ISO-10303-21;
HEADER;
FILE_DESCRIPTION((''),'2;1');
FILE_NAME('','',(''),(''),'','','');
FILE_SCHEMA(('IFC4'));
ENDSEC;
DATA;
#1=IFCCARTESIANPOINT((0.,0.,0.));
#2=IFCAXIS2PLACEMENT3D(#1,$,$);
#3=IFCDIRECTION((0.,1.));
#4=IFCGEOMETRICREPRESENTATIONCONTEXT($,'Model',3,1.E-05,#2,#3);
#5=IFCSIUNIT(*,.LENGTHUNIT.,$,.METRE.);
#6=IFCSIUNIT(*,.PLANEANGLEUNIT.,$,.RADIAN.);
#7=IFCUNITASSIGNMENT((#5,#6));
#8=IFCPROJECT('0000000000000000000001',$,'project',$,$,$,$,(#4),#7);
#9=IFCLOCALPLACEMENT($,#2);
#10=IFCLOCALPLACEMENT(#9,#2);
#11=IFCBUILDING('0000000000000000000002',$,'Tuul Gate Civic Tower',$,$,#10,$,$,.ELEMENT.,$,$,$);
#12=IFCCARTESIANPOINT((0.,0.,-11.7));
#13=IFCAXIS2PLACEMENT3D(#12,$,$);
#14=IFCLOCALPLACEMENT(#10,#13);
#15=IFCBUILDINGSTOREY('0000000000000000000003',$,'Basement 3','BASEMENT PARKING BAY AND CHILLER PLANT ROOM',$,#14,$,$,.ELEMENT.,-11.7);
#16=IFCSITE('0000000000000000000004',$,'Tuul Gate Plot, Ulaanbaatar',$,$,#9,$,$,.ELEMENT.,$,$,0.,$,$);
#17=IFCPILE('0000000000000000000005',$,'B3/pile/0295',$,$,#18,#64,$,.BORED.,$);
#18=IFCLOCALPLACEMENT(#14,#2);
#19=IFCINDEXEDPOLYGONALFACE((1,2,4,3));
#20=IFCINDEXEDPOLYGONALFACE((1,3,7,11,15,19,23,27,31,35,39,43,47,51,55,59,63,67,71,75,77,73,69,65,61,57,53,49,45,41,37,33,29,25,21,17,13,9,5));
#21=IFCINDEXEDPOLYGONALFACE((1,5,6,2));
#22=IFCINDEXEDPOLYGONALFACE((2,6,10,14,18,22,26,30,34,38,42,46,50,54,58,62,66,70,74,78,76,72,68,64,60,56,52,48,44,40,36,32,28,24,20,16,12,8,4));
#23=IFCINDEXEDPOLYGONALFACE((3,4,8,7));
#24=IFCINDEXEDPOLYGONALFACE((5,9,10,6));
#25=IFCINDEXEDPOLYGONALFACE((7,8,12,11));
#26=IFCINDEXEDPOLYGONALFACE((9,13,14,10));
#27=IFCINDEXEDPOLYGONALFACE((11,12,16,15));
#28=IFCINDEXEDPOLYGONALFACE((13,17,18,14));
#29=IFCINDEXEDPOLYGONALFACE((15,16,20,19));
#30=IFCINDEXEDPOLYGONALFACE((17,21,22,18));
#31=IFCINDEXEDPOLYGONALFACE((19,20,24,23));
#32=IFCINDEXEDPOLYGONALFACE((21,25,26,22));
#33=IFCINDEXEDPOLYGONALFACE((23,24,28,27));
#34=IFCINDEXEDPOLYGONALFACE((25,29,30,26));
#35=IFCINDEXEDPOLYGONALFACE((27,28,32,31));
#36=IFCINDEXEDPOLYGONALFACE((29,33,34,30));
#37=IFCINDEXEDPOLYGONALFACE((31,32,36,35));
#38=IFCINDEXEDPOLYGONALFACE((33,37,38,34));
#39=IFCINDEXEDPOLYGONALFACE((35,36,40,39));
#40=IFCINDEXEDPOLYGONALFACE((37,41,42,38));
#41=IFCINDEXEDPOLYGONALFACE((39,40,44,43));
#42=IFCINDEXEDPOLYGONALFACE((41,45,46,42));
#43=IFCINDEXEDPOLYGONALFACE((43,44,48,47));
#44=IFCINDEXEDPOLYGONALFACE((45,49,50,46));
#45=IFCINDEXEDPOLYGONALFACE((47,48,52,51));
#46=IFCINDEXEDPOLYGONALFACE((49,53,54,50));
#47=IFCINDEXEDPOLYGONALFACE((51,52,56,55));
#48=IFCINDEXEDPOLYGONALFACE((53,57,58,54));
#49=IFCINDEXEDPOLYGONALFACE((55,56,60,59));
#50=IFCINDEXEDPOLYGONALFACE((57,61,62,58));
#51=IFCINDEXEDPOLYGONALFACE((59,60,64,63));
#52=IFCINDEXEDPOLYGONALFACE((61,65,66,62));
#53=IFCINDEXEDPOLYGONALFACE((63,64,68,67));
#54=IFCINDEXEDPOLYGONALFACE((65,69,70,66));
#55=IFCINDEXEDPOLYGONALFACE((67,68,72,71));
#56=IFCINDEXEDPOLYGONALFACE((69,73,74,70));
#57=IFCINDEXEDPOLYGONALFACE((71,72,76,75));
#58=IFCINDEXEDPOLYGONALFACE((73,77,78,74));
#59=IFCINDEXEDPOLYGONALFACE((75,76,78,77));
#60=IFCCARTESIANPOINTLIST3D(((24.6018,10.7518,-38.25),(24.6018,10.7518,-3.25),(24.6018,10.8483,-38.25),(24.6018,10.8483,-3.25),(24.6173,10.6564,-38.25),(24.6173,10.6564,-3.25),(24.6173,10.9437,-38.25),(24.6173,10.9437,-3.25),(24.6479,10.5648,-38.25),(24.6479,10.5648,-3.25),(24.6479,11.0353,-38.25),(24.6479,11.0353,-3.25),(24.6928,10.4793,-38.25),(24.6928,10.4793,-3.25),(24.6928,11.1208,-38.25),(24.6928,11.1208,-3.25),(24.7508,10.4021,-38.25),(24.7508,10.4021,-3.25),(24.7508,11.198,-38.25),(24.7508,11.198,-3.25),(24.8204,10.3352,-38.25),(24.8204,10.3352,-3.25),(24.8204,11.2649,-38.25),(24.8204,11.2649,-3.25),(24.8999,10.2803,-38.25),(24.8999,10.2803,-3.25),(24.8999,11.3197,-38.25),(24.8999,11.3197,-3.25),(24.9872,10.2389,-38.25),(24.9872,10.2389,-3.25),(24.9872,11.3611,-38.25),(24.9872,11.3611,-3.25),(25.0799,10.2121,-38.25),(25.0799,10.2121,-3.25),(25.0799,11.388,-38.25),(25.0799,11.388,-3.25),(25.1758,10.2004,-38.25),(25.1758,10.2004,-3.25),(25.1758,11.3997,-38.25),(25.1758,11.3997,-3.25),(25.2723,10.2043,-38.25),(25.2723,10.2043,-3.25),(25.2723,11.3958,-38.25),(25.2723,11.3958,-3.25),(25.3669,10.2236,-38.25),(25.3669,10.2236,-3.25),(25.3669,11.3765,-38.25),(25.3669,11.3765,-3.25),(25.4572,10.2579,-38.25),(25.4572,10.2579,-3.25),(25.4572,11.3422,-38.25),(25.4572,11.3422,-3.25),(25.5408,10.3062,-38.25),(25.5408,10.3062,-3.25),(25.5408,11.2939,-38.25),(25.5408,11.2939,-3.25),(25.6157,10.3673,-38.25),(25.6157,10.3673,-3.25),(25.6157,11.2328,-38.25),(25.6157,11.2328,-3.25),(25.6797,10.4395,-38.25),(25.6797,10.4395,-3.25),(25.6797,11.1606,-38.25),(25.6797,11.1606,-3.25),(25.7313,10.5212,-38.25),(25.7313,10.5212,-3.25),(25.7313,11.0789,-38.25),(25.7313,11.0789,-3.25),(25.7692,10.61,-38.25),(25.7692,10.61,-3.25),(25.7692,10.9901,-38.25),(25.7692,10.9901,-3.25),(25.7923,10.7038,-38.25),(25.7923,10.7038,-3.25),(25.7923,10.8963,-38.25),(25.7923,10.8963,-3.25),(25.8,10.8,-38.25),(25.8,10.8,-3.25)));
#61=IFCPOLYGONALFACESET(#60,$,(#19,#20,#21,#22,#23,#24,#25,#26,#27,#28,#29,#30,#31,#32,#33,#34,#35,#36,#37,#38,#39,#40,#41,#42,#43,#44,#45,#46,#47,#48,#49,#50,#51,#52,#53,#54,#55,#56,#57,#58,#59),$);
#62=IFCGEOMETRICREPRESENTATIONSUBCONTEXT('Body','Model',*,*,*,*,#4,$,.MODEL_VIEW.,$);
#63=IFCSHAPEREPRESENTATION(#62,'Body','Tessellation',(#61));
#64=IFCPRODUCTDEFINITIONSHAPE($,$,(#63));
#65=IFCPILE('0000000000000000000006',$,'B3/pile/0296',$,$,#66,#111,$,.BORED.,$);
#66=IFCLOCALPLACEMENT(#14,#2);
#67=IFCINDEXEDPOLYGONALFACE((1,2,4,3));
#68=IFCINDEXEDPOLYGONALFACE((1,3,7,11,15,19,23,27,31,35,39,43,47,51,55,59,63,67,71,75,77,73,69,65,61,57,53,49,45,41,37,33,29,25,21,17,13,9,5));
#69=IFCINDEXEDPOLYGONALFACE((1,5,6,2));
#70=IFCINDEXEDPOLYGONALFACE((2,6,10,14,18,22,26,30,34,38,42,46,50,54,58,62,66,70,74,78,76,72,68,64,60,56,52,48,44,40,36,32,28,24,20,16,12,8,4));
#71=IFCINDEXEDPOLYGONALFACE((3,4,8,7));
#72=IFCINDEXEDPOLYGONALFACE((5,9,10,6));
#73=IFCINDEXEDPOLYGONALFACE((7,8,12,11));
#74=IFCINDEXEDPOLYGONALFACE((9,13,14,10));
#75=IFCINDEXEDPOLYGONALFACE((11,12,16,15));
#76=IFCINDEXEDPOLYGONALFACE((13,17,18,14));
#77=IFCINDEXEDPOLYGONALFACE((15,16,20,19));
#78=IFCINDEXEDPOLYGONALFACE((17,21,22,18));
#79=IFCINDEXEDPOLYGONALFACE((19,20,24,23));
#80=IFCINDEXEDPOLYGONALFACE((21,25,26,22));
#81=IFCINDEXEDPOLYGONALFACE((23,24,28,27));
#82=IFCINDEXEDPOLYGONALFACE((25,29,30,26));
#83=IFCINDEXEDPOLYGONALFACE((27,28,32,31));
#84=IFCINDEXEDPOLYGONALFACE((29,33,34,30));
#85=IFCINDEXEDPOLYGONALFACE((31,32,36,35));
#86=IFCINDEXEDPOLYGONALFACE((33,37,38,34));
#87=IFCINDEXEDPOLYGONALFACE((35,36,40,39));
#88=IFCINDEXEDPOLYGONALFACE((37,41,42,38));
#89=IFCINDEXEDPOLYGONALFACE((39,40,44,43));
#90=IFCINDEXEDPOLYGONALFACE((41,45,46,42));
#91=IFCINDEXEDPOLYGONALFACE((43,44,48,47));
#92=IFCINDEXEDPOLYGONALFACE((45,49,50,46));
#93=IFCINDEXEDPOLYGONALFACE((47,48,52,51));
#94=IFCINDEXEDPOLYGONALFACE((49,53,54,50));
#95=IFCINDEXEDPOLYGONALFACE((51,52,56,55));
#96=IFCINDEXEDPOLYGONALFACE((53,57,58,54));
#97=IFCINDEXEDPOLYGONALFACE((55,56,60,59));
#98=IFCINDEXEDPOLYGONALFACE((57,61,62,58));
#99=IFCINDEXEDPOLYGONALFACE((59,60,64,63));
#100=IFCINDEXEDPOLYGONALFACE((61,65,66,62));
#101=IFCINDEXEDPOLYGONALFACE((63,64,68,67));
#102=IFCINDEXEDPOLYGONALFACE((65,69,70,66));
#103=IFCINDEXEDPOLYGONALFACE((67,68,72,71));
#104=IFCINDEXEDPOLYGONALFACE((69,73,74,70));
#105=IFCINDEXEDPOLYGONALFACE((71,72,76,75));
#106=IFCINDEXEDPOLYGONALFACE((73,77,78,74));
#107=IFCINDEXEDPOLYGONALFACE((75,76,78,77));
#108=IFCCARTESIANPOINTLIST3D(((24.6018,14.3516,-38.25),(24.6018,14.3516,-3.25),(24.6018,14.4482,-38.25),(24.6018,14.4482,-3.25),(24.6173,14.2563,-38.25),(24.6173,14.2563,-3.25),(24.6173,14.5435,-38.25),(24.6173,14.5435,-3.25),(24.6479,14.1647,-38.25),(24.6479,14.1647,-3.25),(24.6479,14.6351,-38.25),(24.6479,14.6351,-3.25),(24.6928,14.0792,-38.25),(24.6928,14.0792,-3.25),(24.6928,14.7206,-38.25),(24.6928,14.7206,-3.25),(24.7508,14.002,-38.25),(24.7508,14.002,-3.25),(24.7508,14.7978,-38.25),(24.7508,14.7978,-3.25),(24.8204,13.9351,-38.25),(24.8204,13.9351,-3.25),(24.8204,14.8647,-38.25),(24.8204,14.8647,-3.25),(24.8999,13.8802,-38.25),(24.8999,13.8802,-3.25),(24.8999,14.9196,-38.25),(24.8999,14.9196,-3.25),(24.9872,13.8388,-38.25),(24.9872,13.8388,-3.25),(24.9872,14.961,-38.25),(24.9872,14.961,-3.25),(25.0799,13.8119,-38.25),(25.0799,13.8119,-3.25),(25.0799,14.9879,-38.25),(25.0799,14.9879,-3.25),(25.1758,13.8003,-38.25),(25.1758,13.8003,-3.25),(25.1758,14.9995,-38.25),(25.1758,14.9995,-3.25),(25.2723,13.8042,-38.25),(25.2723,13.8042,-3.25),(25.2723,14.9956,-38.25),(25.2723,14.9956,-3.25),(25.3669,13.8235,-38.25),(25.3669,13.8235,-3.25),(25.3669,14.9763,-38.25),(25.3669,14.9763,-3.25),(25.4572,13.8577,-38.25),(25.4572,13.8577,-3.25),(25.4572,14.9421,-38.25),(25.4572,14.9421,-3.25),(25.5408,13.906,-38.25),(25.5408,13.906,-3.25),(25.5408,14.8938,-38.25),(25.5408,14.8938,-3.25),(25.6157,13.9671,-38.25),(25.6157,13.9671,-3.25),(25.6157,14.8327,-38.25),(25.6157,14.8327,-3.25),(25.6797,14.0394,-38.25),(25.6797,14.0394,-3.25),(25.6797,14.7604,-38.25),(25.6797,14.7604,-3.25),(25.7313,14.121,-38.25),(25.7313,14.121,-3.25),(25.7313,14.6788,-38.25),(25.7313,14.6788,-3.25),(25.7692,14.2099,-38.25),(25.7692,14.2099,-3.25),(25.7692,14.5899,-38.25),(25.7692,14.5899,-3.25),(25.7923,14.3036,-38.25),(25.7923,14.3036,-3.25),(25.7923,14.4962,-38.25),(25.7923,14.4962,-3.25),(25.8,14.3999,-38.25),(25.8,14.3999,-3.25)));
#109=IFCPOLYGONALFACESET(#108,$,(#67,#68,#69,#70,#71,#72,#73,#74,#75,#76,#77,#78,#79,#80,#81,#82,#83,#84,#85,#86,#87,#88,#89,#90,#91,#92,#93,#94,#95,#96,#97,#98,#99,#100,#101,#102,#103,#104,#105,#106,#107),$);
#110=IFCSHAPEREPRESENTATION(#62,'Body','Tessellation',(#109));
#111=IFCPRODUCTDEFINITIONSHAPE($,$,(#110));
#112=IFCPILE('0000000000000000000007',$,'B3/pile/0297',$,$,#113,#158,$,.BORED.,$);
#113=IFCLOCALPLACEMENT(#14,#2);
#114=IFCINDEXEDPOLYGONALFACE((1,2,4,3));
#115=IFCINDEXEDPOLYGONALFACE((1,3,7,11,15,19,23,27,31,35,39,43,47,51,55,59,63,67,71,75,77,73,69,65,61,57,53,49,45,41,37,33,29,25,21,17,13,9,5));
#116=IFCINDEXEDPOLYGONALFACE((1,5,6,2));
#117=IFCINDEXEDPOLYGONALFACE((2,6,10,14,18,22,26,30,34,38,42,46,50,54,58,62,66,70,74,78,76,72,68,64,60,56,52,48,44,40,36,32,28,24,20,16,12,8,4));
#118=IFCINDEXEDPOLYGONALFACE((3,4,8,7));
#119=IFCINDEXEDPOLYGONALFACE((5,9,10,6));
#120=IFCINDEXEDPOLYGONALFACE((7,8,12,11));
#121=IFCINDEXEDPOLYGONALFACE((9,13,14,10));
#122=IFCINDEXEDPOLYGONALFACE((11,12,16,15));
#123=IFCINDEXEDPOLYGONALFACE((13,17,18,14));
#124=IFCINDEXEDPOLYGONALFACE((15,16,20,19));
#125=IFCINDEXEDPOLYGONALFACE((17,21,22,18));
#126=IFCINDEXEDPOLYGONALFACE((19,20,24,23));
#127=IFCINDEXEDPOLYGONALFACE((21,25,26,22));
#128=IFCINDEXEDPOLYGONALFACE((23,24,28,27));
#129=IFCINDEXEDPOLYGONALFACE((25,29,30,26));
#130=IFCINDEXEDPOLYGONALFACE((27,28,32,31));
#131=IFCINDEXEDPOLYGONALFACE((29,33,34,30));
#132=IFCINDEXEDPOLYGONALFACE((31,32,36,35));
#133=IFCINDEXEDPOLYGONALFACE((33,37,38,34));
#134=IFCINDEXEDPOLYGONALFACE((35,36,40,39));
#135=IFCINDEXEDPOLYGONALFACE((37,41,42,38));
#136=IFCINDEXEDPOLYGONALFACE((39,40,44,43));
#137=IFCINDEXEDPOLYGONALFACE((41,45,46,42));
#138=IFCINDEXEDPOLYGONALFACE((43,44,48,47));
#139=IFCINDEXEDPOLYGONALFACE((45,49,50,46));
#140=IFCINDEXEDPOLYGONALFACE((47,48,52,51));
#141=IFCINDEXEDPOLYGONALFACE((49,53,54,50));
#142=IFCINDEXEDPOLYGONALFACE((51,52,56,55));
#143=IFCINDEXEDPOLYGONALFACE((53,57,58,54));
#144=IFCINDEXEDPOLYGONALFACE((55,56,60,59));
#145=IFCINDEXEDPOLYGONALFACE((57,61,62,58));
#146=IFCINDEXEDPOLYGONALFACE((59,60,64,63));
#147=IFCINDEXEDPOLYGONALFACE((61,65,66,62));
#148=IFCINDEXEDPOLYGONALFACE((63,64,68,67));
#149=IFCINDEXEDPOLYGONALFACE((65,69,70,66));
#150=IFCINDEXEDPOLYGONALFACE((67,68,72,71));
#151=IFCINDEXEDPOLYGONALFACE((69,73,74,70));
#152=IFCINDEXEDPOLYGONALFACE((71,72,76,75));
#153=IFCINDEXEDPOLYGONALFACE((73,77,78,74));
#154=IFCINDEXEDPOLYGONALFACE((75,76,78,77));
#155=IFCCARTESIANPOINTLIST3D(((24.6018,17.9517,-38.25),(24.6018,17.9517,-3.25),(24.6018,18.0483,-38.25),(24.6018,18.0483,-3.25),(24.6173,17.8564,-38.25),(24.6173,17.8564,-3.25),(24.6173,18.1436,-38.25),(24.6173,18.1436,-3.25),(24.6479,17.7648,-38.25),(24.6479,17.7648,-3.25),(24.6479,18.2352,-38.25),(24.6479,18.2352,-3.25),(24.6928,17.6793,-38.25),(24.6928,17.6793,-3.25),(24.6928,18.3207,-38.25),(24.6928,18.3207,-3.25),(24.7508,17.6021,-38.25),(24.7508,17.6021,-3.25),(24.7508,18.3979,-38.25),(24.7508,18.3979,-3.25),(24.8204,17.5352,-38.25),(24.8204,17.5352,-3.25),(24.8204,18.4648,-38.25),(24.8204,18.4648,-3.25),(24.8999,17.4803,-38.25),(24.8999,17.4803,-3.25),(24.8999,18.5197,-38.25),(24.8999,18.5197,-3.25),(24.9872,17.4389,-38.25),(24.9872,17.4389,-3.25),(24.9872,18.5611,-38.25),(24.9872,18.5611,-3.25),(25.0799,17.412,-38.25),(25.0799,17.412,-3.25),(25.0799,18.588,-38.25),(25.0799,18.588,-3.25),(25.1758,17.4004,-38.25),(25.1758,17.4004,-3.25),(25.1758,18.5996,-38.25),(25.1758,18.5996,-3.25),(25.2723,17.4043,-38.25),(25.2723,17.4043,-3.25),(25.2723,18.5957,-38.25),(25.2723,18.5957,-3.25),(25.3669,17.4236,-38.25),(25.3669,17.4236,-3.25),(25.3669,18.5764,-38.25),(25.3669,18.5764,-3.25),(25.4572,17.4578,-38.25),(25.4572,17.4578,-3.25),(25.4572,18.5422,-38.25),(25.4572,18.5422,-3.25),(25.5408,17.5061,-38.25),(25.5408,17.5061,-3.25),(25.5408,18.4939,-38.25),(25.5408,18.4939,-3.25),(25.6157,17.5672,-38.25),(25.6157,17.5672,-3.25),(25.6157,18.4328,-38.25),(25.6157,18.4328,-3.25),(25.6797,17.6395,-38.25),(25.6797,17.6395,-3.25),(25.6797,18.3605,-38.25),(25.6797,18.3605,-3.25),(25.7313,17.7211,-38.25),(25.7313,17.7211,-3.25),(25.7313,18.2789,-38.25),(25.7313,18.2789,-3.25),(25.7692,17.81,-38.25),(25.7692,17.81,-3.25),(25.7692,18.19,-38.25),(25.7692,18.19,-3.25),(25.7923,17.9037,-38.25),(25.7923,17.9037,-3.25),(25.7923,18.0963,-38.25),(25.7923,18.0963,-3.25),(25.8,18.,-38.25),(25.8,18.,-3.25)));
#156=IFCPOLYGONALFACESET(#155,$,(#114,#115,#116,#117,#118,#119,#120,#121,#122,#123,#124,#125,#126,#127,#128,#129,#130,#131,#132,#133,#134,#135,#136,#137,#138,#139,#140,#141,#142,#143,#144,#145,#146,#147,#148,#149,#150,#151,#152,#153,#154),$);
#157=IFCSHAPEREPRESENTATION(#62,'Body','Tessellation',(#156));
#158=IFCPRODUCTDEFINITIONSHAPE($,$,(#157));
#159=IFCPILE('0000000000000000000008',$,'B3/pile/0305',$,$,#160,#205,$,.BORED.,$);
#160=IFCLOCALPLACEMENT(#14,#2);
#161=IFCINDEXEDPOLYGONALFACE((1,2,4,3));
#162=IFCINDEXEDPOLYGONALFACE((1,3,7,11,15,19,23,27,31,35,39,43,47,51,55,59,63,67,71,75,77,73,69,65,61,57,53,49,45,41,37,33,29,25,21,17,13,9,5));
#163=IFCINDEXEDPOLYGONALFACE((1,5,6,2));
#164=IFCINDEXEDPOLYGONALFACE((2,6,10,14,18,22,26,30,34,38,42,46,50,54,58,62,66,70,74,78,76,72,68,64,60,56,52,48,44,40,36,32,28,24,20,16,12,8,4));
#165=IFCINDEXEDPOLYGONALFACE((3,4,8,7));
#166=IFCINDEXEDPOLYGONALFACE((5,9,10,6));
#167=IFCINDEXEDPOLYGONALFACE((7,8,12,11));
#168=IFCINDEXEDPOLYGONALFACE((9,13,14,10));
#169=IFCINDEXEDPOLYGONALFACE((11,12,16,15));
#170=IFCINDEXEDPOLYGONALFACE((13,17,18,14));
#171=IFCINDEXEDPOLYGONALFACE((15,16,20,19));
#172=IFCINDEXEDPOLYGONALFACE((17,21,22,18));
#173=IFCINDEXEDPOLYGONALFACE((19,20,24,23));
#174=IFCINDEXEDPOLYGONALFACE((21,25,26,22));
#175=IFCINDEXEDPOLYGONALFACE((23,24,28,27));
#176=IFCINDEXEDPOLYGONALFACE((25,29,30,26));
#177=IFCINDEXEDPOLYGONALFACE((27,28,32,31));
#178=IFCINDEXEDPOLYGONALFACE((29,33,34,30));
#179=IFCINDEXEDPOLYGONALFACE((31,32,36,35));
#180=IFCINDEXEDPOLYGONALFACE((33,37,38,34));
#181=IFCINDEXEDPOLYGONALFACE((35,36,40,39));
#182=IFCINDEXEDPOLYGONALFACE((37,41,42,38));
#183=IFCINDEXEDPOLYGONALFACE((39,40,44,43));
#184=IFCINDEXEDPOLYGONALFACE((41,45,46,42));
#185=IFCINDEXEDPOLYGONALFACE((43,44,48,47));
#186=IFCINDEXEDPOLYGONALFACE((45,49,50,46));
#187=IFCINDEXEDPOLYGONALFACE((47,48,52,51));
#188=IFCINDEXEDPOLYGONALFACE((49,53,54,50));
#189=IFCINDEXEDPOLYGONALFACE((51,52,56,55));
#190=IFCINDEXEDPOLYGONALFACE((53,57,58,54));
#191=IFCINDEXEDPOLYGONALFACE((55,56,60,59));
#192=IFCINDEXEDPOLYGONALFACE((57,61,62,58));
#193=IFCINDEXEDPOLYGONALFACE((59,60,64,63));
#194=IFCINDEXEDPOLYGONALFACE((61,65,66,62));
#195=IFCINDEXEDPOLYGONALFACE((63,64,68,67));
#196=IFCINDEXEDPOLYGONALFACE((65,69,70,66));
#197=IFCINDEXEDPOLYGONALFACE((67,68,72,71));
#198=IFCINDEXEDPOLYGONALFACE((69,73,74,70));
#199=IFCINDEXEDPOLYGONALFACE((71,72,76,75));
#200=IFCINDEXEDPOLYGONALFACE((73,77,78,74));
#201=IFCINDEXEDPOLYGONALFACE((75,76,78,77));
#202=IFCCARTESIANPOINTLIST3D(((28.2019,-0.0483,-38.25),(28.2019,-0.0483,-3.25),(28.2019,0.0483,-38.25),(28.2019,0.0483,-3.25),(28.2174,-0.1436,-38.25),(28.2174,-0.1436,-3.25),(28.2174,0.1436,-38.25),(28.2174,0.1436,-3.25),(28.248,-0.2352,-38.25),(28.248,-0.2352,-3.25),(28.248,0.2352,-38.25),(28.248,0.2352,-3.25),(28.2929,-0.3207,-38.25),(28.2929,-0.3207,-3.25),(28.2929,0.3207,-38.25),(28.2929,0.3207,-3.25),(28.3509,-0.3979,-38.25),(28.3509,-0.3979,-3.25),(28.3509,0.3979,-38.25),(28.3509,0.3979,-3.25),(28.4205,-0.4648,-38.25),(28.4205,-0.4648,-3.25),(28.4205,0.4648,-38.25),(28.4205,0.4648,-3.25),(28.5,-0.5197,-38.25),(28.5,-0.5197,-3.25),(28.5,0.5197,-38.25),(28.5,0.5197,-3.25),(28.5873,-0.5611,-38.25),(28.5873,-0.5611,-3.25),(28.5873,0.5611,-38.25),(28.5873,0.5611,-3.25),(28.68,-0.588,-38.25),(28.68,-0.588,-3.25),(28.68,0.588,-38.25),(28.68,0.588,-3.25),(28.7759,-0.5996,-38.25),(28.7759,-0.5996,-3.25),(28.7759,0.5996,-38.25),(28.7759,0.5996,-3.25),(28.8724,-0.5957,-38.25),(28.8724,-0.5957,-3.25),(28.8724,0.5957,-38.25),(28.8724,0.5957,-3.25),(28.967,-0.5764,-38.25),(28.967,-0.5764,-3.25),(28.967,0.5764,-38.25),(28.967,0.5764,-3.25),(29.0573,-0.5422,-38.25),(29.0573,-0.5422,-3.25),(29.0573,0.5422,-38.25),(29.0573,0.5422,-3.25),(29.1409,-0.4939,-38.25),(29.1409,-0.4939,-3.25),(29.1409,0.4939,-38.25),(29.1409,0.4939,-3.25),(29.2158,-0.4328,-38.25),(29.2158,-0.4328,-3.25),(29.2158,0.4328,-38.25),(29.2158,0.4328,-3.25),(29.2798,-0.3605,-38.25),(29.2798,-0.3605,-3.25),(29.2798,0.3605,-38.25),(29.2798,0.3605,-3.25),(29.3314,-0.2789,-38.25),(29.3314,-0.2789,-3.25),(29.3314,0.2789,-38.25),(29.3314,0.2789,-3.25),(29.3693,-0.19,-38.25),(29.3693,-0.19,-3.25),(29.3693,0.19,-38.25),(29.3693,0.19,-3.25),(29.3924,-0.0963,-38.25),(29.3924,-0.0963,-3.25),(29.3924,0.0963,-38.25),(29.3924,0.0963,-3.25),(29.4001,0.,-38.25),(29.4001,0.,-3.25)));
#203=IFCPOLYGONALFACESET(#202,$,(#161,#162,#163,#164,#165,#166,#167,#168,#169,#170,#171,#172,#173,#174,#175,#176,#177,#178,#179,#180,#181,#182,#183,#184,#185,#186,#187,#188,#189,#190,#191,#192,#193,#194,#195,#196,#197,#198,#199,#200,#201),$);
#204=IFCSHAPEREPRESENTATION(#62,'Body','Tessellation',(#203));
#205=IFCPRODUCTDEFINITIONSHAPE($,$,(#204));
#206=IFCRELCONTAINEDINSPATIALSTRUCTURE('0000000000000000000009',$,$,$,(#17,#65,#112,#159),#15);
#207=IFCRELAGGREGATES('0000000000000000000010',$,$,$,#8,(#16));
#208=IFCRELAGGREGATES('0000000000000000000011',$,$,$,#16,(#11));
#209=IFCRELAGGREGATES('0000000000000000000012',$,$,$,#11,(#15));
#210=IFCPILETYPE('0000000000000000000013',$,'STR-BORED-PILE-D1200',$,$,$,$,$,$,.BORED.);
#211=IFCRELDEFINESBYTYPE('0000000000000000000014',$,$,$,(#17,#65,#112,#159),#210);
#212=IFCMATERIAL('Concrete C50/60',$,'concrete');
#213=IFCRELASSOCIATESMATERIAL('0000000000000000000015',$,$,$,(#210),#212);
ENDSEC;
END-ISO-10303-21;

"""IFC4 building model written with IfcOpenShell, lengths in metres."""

from ifc_helpers import new_model, si_unit, direction, frame, origin, origin_2d, place, context, subcontext, project, spatial, circle, extrude, material, material_profile, profile_set, type_object, element, save


model = new_model("IFC4")

# Units and contexts
model_context = context("Model", 3, precision=1e-05, world=origin(), true_north=direction((0.0, 1.0)))
body_context = subcontext(model_context, "Body", "Model", "MODEL_VIEW")
ifc_project = project(units=[si_unit("LENGTHUNIT", "METRE"), si_unit("PLANEANGLEUNIT", "RADIAN")], contexts=[model_context])

# Site, building, storey
site_placement = place(None, origin())
site = spatial("IfcSite", under=ifc_project, at=site_placement, Name="Tuul Gate Plot, Ulaanbaatar", CompositionType="ELEMENT", RefElevation=0.0)
building_placement = place(site_placement, origin())
building = spatial("IfcBuilding", under=site, at=building_placement, Name="Tuul Gate Civic Tower", CompositionType="ELEMENT")
storey_placement = place(building_placement, frame((0.0, 0.0, -11.7)))
storey = spatial("IfcBuildingStorey", under=building, at=storey_placement, Name="Basement 3", Description="BASEMENT PARKING BAY AND CHILLER PLANT ROOM", CompositionType="ELEMENT", Elevation=-11.7)

# Piles
ifc_material_1 = material(Name="Concrete C50/60", Category="concrete")
ifc_material_profile_1 = material_profile(ifc_material_1, circle(Radius=0.6001, at=origin_2d()), Name="PILE1200")
ifc_profile_set_1 = profile_set([ifc_material_profile_1], Name="Concrete C50/60")
pile_type = type_object("IfcPileType", Name="STR-BORED-PILE-D1200", PredefinedType="BORED", material=ifc_profile_set_1)
for number, where, z_axis, x_axis, name in (
    (1, (25.2, 10.8, -3.25), (0.0, 0.0, -1.0), (1.0, 0.0, 0.0), "B3/pile/0295"),
    (2, (25.2, 14.3999, -3.25), (0.0, 0.0, -1.0), (1.0, 0.0, 0.0), "B3/pile/0296"),
    (3, (25.2, 18.0, -3.25), (0.0, 0.0, -1.0), (1.0, 0.0, 0.0), "B3/pile/0297"),
    (4, (28.8, 0.0, -3.25), (0.0, 0.0, -1.0), (1.0, 0.0, 0.0), "B3/pile/0305"),
):
    element("IfcPile", number, at=place(storey_placement, frame(where, z_axis=z_axis, x_axis=x_axis)), inside=storey, type_object=pile_type, Name=name, PredefinedType="BORED", context=body_context, shape_type="SweptSolid", body=[
        extrude(circle(Radius=0.6001, at=origin_2d()), origin(), (0.0, 0.0, 1.0), 35.0),
    ])

save(model, "model.ifc")
